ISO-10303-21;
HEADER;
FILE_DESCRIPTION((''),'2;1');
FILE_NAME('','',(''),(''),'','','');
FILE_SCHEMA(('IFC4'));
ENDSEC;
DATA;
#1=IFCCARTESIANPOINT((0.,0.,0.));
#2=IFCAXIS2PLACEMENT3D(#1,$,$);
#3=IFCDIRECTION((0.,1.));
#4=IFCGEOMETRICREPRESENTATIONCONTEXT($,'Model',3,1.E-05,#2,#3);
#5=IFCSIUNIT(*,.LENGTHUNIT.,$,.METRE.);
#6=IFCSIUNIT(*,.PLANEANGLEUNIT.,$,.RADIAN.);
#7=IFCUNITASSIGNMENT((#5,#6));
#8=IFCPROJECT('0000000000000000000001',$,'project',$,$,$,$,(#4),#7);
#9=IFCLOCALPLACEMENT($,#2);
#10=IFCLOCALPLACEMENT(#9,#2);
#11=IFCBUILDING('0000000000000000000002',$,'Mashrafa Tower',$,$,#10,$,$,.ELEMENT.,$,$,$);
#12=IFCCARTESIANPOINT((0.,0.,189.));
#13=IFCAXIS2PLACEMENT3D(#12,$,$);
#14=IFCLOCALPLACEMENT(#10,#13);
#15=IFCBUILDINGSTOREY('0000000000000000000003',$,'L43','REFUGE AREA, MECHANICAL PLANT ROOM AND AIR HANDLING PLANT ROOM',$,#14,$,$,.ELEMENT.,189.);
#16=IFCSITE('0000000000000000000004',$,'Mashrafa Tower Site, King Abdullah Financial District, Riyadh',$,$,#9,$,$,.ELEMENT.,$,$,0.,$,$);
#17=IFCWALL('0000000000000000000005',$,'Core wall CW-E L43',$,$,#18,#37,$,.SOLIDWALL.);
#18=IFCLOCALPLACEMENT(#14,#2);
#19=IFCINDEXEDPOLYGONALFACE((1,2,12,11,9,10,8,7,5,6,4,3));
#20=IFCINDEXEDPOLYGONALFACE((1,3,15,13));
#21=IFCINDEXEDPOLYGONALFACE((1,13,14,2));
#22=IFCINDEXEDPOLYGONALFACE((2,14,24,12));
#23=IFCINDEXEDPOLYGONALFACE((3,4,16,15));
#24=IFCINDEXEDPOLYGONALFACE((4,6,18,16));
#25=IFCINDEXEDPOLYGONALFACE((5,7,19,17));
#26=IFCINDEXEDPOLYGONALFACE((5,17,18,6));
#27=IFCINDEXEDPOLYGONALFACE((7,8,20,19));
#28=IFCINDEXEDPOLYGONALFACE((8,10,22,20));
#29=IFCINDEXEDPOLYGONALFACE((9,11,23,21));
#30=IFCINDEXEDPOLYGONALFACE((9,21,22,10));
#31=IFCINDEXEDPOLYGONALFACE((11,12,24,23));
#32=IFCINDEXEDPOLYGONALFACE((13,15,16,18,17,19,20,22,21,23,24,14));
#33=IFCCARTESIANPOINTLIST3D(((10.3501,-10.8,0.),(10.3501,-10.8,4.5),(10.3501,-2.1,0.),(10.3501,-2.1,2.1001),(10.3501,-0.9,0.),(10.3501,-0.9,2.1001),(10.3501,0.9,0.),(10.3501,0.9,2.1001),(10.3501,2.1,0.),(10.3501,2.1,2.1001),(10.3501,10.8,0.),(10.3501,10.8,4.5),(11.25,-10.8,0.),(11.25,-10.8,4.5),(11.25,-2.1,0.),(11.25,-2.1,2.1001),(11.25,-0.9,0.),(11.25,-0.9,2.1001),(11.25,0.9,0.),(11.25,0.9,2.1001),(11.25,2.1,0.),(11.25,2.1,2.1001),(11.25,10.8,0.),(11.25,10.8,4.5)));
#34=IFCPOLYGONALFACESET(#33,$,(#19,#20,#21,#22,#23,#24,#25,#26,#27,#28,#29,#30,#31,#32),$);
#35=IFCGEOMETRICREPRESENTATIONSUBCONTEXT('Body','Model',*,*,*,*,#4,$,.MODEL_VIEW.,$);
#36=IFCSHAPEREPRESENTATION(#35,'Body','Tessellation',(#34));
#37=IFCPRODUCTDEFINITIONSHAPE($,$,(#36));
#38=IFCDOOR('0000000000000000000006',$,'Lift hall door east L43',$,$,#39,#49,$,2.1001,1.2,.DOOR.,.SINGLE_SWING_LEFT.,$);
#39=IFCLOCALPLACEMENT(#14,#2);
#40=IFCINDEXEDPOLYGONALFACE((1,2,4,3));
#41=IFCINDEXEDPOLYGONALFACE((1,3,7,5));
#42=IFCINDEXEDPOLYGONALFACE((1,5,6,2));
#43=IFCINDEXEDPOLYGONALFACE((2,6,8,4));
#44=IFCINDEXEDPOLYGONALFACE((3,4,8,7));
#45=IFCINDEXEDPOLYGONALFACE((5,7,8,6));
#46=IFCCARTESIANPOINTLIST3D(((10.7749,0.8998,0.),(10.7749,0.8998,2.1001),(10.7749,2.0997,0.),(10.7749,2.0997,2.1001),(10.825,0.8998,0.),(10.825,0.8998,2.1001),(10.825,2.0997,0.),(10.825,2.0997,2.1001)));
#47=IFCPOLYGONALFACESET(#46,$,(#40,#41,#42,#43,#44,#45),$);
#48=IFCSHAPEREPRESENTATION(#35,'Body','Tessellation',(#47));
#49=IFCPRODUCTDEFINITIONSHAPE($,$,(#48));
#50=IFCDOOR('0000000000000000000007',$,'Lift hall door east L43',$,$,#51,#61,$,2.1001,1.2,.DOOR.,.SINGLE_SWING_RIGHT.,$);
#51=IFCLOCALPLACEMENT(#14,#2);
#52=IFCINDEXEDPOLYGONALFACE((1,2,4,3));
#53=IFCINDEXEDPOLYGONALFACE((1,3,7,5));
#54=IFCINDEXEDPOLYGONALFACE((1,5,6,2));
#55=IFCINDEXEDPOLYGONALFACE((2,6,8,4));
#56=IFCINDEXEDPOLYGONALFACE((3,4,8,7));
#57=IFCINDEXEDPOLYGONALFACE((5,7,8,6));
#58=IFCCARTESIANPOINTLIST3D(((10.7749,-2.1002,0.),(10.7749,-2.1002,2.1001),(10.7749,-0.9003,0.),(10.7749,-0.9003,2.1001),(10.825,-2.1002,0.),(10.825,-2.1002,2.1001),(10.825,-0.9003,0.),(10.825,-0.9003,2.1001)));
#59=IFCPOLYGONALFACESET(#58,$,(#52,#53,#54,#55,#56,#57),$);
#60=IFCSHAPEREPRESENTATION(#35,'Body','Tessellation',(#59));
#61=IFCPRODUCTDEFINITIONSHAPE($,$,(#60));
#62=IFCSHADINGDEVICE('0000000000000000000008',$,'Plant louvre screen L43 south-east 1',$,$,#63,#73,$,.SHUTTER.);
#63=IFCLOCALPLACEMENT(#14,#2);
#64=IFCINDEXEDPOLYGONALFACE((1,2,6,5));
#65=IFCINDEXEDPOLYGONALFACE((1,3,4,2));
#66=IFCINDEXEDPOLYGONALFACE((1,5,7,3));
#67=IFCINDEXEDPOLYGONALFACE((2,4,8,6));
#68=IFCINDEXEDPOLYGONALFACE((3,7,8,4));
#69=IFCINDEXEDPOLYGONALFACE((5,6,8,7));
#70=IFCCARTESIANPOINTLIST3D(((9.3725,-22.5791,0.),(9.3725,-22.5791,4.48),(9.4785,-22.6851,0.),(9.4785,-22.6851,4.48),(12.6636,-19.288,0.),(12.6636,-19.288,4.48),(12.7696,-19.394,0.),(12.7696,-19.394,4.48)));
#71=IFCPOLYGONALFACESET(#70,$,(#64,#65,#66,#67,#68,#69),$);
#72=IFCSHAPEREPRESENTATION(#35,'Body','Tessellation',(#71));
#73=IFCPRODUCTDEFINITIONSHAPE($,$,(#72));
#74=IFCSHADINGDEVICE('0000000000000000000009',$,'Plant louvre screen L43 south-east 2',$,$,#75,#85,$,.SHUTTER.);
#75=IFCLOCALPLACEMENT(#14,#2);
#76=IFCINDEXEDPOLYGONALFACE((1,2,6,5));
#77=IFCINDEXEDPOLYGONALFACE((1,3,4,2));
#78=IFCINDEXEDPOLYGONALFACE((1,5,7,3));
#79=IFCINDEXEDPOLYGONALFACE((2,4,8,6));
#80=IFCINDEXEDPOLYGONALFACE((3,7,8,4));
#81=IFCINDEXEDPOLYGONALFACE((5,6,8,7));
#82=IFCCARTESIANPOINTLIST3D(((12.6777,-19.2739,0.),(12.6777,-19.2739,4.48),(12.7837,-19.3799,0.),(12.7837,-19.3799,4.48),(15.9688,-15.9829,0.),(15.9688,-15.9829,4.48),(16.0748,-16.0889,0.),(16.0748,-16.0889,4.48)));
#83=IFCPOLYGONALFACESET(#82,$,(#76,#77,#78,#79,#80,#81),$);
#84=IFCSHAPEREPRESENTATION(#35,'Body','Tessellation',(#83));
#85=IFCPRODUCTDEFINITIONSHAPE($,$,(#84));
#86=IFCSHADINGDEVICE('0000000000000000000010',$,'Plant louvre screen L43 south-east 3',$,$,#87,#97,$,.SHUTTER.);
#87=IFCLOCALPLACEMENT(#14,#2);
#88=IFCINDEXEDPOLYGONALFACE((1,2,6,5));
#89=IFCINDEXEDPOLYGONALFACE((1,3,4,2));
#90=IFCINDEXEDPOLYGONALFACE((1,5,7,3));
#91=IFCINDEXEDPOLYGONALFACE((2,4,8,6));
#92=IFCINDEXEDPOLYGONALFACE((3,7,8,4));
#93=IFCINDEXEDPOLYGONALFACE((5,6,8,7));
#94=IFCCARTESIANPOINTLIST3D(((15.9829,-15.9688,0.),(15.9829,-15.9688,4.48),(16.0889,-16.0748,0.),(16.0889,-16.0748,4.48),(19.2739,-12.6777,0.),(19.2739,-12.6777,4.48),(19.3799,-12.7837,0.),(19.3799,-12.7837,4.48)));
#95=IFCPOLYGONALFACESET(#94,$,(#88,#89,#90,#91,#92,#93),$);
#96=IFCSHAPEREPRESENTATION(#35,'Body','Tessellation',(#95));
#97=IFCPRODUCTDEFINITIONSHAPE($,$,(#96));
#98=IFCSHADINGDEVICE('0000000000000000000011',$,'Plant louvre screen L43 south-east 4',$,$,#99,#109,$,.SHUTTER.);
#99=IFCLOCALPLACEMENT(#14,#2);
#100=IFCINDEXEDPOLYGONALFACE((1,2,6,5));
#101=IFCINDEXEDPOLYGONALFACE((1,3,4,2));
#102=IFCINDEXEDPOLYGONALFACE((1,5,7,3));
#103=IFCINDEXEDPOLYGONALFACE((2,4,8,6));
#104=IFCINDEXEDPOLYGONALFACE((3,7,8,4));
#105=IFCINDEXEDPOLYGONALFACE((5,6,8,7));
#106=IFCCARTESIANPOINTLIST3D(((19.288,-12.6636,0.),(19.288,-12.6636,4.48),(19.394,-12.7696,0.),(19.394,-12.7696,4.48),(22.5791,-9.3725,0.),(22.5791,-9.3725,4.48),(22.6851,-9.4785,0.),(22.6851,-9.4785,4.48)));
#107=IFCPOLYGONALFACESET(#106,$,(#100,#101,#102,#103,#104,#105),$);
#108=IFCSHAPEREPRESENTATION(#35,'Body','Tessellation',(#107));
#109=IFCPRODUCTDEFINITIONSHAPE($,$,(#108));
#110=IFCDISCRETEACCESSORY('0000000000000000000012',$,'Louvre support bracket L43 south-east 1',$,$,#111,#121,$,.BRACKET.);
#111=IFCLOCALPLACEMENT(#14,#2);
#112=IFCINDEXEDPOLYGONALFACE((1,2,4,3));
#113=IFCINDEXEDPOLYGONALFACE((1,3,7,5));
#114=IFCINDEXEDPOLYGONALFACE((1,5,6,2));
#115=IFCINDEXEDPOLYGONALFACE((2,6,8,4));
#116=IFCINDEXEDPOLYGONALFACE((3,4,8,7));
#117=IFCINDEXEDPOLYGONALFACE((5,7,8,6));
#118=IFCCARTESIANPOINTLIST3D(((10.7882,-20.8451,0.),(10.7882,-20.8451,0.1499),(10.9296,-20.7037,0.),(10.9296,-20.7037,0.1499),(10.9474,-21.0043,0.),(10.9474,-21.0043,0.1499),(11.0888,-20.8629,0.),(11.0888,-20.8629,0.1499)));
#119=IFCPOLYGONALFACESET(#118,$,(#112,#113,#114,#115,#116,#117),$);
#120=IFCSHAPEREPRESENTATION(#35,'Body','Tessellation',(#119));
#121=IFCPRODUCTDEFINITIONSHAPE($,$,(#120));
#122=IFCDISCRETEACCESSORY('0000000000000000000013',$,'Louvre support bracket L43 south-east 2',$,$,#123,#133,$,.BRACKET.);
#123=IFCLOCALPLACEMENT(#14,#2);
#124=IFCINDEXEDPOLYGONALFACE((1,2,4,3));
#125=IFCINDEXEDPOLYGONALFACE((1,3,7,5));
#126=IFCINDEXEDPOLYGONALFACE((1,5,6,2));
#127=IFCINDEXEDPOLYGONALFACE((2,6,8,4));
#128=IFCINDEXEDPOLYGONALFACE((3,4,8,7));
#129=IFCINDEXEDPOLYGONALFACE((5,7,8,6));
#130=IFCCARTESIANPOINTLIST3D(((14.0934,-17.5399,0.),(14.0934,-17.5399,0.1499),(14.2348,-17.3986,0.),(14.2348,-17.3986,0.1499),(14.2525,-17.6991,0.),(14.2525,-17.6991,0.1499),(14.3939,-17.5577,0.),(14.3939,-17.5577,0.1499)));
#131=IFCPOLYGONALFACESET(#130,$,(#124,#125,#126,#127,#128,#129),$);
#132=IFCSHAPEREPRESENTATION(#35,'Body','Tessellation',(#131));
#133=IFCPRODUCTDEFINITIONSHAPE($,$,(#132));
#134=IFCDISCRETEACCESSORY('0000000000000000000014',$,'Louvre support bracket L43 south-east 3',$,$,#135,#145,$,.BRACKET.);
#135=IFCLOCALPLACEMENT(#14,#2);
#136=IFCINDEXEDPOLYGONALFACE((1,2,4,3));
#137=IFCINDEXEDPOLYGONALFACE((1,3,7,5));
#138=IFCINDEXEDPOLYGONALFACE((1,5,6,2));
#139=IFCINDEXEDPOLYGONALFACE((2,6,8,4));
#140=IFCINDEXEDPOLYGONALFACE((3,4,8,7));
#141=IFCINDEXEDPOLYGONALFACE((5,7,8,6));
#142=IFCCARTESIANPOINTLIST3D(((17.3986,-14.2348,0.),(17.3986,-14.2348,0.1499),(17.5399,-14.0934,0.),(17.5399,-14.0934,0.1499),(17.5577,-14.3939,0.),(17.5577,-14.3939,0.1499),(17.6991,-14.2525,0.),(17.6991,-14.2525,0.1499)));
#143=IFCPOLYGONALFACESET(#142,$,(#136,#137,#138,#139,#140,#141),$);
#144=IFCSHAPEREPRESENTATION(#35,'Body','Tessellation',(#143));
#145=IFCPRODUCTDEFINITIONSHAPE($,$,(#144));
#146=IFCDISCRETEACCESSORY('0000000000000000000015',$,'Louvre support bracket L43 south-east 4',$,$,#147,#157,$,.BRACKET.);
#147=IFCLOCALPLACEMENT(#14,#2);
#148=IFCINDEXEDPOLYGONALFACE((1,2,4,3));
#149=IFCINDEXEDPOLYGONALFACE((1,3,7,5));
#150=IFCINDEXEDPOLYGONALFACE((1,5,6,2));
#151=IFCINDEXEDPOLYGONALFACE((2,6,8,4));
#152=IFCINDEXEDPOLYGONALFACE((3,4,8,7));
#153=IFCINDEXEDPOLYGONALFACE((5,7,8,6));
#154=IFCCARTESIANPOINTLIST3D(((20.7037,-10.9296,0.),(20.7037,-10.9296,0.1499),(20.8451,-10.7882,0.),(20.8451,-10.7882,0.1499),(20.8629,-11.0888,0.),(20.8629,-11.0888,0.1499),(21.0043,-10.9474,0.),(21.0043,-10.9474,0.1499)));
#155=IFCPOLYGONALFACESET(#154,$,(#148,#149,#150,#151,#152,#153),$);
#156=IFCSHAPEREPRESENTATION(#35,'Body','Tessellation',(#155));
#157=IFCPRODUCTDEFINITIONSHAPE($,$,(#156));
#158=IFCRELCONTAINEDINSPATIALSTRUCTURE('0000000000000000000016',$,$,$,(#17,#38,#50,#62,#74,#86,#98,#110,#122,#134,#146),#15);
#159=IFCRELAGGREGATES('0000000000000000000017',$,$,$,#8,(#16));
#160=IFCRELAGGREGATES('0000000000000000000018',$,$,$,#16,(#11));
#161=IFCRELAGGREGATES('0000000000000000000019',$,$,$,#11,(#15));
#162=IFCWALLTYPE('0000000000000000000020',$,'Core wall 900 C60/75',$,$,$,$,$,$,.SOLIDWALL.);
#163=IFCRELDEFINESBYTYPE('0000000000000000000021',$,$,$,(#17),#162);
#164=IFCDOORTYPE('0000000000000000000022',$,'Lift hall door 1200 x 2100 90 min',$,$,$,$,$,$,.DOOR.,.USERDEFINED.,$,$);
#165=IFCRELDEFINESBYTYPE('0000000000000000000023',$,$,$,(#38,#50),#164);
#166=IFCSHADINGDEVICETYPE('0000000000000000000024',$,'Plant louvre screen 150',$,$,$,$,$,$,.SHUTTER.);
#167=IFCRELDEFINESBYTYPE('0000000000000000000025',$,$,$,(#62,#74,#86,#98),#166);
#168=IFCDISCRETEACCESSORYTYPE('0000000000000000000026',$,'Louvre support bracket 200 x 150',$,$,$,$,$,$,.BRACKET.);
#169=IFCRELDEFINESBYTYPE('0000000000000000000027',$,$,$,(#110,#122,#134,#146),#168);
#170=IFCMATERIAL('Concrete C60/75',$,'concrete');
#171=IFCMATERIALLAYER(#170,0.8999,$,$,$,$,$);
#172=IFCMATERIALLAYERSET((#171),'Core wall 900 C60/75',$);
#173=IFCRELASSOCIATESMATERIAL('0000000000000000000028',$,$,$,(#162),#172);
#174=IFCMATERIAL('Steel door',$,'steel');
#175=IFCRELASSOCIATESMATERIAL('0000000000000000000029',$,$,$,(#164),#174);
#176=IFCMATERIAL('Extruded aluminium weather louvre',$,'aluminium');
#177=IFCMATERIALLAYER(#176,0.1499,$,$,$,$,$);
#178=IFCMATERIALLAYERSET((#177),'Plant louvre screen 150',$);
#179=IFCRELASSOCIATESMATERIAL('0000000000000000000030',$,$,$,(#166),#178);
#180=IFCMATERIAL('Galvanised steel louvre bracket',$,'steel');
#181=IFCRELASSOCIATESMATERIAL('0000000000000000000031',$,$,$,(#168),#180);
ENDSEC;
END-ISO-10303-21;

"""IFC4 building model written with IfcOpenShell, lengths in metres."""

from ifc_helpers import new_model, si_unit, direction, frame, frame_2d, origin, origin_2d, place, context, subcontext, project, spatial, rectangle, extrude, source, transform, mapped, material, layer, layer_set, type_object, type_shapes, element, fill, save


model = new_model("IFC4")

# Units and contexts
model_context = context("Model", 3, precision=1e-05, world=origin(), true_north=direction((0.0, 1.0)))
body_context = subcontext(model_context, "Body", "Model", "MODEL_VIEW")
ifc_project = project(units=[si_unit("LENGTHUNIT", "METRE"), si_unit("PLANEANGLEUNIT", "RADIAN")], contexts=[model_context])

# Site, building, storey
site_placement = place(None, origin())
site = spatial("IfcSite", under=ifc_project, at=site_placement, Name="Mashrafa Tower Site, King Abdullah Financial District, Riyadh", CompositionType="ELEMENT", RefElevation=0.0)
building_placement = place(site_placement, origin())
building = spatial("IfcBuilding", under=site, at=building_placement, Name="Mashrafa Tower", CompositionType="ELEMENT")
storey_placement = place(building_placement, frame((0.0, 0.0, 189.0)))
storey = spatial("IfcBuildingStorey", under=building, at=storey_placement, Name="L43", Description="REFUGE AREA, MECHANICAL PLANT ROOM AND AIR HANDLING PLANT ROOM", CompositionType="ELEMENT", Elevation=189.0)

# Wall, openings, doors
ifc_material_1 = material(Name="Concrete C60/75", Category="concrete")
ifc_layer_1 = layer(ifc_material_1, 0.8999)
ifc_layer_set_1 = layer_set([ifc_layer_1], Name="Core wall 900 C60/75")
wall_type_1 = type_object("IfcWallType", Name="Core wall 900 C60/75", PredefinedType="SOLIDWALL", material=ifc_layer_set_1)
wall_1_placement = place(storey_placement, frame((10.8, -10.8, 0.0), z_axis=(0.0, 0.0, 1.0), x_axis=(0.0, 1.0, 0.0)))
wall_1 = element("IfcWall", 1, at=wall_1_placement, inside=storey, type_object=wall_type_1, Name="Core wall CW-E L43", PredefinedType="SOLIDWALL", context=body_context, shape_type="SweptSolid", body=[
    extrude(rectangle(XDim=21.6001, YDim=0.8999, at=frame_2d((10.8, 0.0))), origin(), (0.0, 0.0, 1.0), 4.5),
])
opening_1_placement = place(wall_1_placement, frame((11.7, 0.0, 0.0)))
opening_1 = element("IfcOpeningElement", 2, at=opening_1_placement, cuts=wall_1, PredefinedType="OPENING", context=body_context, shape_type="SweptSolid", body=[
    extrude(rectangle(XDim=1.2, YDim=2.1001, at=frame_2d((0.6001, 1.05))), frame((0.0, 0.46, 0.0), z_axis=(0.0, -1.0, 0.0), x_axis=(1.0, 0.0, 0.0)), (0.0, 0.0, 1.0), 0.9199),
])
opening_2_placement = place(wall_1_placement, frame((8.7, 0.0, 0.0)))
opening_2 = element("IfcOpeningElement", 3, at=opening_2_placement, cuts=wall_1, PredefinedType="OPENING", context=body_context, shape_type="SweptSolid", body=[
    extrude(rectangle(XDim=1.2, YDim=2.1001, at=frame_2d((0.6001, 1.05))), frame((0.0, 0.46, 0.0), z_axis=(0.0, -1.0, 0.0), x_axis=(1.0, 0.0, 0.0)), (0.0, 0.0, 1.0), 0.9199),
])
ifc_material_2 = material(Name="Steel door", Category="steel")
door_type = type_object("IfcDoorType", Name="Lift hall door 1200 x 2100 90 min", OperationType="USERDEFINED", PredefinedType="DOOR", material=ifc_material_2)
door_1_placement = place(opening_1_placement, frame((1.2, 0.0, 0.0), z_axis=(0.0, 0.0, 1.0), x_axis=(-1.0, 0.0, 0.0)))
door_1 = element("IfcDoor", 4, at=door_1_placement, inside=storey, type_object=door_type, Name="Lift hall door east L43", OperationType="SINGLE_SWING_LEFT", OverallHeight=2.1001, OverallWidth=1.2, PredefinedType="DOOR", context=body_context, shape_type="SweptSolid", body=[
    extrude(rectangle(XDim=1.2, YDim=2.1001, at=frame_2d((0.6001, 1.05))), frame((0.0, 0.0249, 0.0), z_axis=(0.0, -1.0, 0.0), x_axis=(1.0, 0.0, 0.0)), (0.0, 0.0, 1.0), 0.05),
])
fill(opening_1, door_1)
door_2_placement = place(opening_2_placement, frame((1.2, 0.0, 0.0), z_axis=(0.0, 0.0, 1.0), x_axis=(-1.0, 0.0, 0.0)))
door_2 = element("IfcDoor", 5, at=door_2_placement, inside=storey, type_object=door_type, Name="Lift hall door east L43", OperationType="SINGLE_SWING_RIGHT", OverallHeight=2.1001, OverallWidth=1.2, PredefinedType="DOOR", context=body_context, shape_type="SweptSolid", body=[
    extrude(rectangle(XDim=1.2, YDim=2.1001, at=frame_2d((0.6001, 1.05))), frame((0.0, 0.0249, 0.0), z_axis=(0.0, -1.0, 0.0), x_axis=(1.0, 0.0, 0.0)), (0.0, 0.0, 1.0), 0.05),
])
fill(opening_2, door_2)

# Shading devices
ifc_material_3 = material(Name="Extruded aluminium weather louvre", Category="aluminium")
ifc_layer_2 = layer(ifc_material_3, 0.1499)
ifc_layer_set_2 = layer_set([ifc_layer_2], Name="Plant louvre screen 150")
shading_device_type = type_object("IfcShadingDeviceType", Name="Plant louvre screen 150", PredefinedType="SHUTTER", material=ifc_layer_set_2)
shared_shape_1 = source(origin(), body_context, "Body", "SweptSolid", [
    extrude(rectangle(XDim=4.6543, YDim=0.1499, at=origin_2d()), origin(), (0.0, 0.0, 1.0), 4.48),
])
type_shapes(shading_device_type, [shared_shape_1])
for number, where, z_axis, x_axis, name in (
    (6, (11.071, -20.9866, 0.0), (0.0, 0.0, 1.0), (0.707107, 0.707107, 0.0), "Plant louvre screen L43 south-east 1"),
    (7, (14.3762, -17.6814, 0.0), (0.0, 0.0, 1.0), (0.707107, 0.707107, 0.0), "Plant louvre screen L43 south-east 2"),
    (8, (17.6814, -14.3762, 0.0), (0.0, 0.0, 1.0), (0.707107, 0.707107, 0.0), "Plant louvre screen L43 south-east 3"),
    (9, (20.9866, -11.071, 0.0), (0.0, 0.0, 1.0), (0.707107, 0.707107, 0.0), "Plant louvre screen L43 south-east 4"),
):
    element("IfcShadingDevice", number, at=place(storey_placement, frame(where, z_axis=z_axis, x_axis=x_axis)), inside=storey, type_object=shading_device_type, Name=name, PredefinedType="SHUTTER", context=body_context, shape_type="MappedRepresentation", body=[
        mapped(shared_shape_1, transform((0.0, 0.0, 0.0))),
    ])

# Discrete accessories
ifc_material_4 = material(Name="Galvanised steel louvre bracket", Category="steel")
discrete_accessory_type = type_object("IfcDiscreteAccessoryType", Name="Louvre support bracket 200 x 150", PredefinedType="BRACKET", material=ifc_material_4)
shared_shape_2 = source(origin(), body_context, "Body", "SweptSolid", [
    extrude(rectangle(XDim=0.2, YDim=0.2251, at=origin_2d()), origin(), (0.0, 0.0, 1.0), 0.1499),
])
type_shapes(discrete_accessory_type, [shared_shape_2])
for number, where, z_axis, x_axis, name in (
    (10, (10.9385, -20.854, 0.0), (0.0, 0.0, 1.0), (0.707107, 0.707107, 0.0), "Louvre support bracket L43 south-east 1"),
    (11, (14.2437, -17.5488, 0.0), (0.0, 0.0, 1.0), (0.707107, 0.707107, 0.0), "Louvre support bracket L43 south-east 2"),
    (12, (17.5488, -14.2437, 0.0), (0.0, 0.0, 1.0), (0.707107, 0.707107, 0.0), "Louvre support bracket L43 south-east 3"),
    (13, (20.854, -10.9385, 0.0), (0.0, 0.0, 1.0), (0.707107, 0.707107, 0.0), "Louvre support bracket L43 south-east 4"),
):
    element("IfcDiscreteAccessory", number, at=place(storey_placement, frame(where, z_axis=z_axis, x_axis=x_axis)), inside=storey, type_object=discrete_accessory_type, Name=name, PredefinedType="BRACKET", context=body_context, shape_type="MappedRepresentation", body=[
        mapped(shared_shape_2, transform((0.0, 0.0, 0.0))),
    ])

save(model, "model.ifc")
